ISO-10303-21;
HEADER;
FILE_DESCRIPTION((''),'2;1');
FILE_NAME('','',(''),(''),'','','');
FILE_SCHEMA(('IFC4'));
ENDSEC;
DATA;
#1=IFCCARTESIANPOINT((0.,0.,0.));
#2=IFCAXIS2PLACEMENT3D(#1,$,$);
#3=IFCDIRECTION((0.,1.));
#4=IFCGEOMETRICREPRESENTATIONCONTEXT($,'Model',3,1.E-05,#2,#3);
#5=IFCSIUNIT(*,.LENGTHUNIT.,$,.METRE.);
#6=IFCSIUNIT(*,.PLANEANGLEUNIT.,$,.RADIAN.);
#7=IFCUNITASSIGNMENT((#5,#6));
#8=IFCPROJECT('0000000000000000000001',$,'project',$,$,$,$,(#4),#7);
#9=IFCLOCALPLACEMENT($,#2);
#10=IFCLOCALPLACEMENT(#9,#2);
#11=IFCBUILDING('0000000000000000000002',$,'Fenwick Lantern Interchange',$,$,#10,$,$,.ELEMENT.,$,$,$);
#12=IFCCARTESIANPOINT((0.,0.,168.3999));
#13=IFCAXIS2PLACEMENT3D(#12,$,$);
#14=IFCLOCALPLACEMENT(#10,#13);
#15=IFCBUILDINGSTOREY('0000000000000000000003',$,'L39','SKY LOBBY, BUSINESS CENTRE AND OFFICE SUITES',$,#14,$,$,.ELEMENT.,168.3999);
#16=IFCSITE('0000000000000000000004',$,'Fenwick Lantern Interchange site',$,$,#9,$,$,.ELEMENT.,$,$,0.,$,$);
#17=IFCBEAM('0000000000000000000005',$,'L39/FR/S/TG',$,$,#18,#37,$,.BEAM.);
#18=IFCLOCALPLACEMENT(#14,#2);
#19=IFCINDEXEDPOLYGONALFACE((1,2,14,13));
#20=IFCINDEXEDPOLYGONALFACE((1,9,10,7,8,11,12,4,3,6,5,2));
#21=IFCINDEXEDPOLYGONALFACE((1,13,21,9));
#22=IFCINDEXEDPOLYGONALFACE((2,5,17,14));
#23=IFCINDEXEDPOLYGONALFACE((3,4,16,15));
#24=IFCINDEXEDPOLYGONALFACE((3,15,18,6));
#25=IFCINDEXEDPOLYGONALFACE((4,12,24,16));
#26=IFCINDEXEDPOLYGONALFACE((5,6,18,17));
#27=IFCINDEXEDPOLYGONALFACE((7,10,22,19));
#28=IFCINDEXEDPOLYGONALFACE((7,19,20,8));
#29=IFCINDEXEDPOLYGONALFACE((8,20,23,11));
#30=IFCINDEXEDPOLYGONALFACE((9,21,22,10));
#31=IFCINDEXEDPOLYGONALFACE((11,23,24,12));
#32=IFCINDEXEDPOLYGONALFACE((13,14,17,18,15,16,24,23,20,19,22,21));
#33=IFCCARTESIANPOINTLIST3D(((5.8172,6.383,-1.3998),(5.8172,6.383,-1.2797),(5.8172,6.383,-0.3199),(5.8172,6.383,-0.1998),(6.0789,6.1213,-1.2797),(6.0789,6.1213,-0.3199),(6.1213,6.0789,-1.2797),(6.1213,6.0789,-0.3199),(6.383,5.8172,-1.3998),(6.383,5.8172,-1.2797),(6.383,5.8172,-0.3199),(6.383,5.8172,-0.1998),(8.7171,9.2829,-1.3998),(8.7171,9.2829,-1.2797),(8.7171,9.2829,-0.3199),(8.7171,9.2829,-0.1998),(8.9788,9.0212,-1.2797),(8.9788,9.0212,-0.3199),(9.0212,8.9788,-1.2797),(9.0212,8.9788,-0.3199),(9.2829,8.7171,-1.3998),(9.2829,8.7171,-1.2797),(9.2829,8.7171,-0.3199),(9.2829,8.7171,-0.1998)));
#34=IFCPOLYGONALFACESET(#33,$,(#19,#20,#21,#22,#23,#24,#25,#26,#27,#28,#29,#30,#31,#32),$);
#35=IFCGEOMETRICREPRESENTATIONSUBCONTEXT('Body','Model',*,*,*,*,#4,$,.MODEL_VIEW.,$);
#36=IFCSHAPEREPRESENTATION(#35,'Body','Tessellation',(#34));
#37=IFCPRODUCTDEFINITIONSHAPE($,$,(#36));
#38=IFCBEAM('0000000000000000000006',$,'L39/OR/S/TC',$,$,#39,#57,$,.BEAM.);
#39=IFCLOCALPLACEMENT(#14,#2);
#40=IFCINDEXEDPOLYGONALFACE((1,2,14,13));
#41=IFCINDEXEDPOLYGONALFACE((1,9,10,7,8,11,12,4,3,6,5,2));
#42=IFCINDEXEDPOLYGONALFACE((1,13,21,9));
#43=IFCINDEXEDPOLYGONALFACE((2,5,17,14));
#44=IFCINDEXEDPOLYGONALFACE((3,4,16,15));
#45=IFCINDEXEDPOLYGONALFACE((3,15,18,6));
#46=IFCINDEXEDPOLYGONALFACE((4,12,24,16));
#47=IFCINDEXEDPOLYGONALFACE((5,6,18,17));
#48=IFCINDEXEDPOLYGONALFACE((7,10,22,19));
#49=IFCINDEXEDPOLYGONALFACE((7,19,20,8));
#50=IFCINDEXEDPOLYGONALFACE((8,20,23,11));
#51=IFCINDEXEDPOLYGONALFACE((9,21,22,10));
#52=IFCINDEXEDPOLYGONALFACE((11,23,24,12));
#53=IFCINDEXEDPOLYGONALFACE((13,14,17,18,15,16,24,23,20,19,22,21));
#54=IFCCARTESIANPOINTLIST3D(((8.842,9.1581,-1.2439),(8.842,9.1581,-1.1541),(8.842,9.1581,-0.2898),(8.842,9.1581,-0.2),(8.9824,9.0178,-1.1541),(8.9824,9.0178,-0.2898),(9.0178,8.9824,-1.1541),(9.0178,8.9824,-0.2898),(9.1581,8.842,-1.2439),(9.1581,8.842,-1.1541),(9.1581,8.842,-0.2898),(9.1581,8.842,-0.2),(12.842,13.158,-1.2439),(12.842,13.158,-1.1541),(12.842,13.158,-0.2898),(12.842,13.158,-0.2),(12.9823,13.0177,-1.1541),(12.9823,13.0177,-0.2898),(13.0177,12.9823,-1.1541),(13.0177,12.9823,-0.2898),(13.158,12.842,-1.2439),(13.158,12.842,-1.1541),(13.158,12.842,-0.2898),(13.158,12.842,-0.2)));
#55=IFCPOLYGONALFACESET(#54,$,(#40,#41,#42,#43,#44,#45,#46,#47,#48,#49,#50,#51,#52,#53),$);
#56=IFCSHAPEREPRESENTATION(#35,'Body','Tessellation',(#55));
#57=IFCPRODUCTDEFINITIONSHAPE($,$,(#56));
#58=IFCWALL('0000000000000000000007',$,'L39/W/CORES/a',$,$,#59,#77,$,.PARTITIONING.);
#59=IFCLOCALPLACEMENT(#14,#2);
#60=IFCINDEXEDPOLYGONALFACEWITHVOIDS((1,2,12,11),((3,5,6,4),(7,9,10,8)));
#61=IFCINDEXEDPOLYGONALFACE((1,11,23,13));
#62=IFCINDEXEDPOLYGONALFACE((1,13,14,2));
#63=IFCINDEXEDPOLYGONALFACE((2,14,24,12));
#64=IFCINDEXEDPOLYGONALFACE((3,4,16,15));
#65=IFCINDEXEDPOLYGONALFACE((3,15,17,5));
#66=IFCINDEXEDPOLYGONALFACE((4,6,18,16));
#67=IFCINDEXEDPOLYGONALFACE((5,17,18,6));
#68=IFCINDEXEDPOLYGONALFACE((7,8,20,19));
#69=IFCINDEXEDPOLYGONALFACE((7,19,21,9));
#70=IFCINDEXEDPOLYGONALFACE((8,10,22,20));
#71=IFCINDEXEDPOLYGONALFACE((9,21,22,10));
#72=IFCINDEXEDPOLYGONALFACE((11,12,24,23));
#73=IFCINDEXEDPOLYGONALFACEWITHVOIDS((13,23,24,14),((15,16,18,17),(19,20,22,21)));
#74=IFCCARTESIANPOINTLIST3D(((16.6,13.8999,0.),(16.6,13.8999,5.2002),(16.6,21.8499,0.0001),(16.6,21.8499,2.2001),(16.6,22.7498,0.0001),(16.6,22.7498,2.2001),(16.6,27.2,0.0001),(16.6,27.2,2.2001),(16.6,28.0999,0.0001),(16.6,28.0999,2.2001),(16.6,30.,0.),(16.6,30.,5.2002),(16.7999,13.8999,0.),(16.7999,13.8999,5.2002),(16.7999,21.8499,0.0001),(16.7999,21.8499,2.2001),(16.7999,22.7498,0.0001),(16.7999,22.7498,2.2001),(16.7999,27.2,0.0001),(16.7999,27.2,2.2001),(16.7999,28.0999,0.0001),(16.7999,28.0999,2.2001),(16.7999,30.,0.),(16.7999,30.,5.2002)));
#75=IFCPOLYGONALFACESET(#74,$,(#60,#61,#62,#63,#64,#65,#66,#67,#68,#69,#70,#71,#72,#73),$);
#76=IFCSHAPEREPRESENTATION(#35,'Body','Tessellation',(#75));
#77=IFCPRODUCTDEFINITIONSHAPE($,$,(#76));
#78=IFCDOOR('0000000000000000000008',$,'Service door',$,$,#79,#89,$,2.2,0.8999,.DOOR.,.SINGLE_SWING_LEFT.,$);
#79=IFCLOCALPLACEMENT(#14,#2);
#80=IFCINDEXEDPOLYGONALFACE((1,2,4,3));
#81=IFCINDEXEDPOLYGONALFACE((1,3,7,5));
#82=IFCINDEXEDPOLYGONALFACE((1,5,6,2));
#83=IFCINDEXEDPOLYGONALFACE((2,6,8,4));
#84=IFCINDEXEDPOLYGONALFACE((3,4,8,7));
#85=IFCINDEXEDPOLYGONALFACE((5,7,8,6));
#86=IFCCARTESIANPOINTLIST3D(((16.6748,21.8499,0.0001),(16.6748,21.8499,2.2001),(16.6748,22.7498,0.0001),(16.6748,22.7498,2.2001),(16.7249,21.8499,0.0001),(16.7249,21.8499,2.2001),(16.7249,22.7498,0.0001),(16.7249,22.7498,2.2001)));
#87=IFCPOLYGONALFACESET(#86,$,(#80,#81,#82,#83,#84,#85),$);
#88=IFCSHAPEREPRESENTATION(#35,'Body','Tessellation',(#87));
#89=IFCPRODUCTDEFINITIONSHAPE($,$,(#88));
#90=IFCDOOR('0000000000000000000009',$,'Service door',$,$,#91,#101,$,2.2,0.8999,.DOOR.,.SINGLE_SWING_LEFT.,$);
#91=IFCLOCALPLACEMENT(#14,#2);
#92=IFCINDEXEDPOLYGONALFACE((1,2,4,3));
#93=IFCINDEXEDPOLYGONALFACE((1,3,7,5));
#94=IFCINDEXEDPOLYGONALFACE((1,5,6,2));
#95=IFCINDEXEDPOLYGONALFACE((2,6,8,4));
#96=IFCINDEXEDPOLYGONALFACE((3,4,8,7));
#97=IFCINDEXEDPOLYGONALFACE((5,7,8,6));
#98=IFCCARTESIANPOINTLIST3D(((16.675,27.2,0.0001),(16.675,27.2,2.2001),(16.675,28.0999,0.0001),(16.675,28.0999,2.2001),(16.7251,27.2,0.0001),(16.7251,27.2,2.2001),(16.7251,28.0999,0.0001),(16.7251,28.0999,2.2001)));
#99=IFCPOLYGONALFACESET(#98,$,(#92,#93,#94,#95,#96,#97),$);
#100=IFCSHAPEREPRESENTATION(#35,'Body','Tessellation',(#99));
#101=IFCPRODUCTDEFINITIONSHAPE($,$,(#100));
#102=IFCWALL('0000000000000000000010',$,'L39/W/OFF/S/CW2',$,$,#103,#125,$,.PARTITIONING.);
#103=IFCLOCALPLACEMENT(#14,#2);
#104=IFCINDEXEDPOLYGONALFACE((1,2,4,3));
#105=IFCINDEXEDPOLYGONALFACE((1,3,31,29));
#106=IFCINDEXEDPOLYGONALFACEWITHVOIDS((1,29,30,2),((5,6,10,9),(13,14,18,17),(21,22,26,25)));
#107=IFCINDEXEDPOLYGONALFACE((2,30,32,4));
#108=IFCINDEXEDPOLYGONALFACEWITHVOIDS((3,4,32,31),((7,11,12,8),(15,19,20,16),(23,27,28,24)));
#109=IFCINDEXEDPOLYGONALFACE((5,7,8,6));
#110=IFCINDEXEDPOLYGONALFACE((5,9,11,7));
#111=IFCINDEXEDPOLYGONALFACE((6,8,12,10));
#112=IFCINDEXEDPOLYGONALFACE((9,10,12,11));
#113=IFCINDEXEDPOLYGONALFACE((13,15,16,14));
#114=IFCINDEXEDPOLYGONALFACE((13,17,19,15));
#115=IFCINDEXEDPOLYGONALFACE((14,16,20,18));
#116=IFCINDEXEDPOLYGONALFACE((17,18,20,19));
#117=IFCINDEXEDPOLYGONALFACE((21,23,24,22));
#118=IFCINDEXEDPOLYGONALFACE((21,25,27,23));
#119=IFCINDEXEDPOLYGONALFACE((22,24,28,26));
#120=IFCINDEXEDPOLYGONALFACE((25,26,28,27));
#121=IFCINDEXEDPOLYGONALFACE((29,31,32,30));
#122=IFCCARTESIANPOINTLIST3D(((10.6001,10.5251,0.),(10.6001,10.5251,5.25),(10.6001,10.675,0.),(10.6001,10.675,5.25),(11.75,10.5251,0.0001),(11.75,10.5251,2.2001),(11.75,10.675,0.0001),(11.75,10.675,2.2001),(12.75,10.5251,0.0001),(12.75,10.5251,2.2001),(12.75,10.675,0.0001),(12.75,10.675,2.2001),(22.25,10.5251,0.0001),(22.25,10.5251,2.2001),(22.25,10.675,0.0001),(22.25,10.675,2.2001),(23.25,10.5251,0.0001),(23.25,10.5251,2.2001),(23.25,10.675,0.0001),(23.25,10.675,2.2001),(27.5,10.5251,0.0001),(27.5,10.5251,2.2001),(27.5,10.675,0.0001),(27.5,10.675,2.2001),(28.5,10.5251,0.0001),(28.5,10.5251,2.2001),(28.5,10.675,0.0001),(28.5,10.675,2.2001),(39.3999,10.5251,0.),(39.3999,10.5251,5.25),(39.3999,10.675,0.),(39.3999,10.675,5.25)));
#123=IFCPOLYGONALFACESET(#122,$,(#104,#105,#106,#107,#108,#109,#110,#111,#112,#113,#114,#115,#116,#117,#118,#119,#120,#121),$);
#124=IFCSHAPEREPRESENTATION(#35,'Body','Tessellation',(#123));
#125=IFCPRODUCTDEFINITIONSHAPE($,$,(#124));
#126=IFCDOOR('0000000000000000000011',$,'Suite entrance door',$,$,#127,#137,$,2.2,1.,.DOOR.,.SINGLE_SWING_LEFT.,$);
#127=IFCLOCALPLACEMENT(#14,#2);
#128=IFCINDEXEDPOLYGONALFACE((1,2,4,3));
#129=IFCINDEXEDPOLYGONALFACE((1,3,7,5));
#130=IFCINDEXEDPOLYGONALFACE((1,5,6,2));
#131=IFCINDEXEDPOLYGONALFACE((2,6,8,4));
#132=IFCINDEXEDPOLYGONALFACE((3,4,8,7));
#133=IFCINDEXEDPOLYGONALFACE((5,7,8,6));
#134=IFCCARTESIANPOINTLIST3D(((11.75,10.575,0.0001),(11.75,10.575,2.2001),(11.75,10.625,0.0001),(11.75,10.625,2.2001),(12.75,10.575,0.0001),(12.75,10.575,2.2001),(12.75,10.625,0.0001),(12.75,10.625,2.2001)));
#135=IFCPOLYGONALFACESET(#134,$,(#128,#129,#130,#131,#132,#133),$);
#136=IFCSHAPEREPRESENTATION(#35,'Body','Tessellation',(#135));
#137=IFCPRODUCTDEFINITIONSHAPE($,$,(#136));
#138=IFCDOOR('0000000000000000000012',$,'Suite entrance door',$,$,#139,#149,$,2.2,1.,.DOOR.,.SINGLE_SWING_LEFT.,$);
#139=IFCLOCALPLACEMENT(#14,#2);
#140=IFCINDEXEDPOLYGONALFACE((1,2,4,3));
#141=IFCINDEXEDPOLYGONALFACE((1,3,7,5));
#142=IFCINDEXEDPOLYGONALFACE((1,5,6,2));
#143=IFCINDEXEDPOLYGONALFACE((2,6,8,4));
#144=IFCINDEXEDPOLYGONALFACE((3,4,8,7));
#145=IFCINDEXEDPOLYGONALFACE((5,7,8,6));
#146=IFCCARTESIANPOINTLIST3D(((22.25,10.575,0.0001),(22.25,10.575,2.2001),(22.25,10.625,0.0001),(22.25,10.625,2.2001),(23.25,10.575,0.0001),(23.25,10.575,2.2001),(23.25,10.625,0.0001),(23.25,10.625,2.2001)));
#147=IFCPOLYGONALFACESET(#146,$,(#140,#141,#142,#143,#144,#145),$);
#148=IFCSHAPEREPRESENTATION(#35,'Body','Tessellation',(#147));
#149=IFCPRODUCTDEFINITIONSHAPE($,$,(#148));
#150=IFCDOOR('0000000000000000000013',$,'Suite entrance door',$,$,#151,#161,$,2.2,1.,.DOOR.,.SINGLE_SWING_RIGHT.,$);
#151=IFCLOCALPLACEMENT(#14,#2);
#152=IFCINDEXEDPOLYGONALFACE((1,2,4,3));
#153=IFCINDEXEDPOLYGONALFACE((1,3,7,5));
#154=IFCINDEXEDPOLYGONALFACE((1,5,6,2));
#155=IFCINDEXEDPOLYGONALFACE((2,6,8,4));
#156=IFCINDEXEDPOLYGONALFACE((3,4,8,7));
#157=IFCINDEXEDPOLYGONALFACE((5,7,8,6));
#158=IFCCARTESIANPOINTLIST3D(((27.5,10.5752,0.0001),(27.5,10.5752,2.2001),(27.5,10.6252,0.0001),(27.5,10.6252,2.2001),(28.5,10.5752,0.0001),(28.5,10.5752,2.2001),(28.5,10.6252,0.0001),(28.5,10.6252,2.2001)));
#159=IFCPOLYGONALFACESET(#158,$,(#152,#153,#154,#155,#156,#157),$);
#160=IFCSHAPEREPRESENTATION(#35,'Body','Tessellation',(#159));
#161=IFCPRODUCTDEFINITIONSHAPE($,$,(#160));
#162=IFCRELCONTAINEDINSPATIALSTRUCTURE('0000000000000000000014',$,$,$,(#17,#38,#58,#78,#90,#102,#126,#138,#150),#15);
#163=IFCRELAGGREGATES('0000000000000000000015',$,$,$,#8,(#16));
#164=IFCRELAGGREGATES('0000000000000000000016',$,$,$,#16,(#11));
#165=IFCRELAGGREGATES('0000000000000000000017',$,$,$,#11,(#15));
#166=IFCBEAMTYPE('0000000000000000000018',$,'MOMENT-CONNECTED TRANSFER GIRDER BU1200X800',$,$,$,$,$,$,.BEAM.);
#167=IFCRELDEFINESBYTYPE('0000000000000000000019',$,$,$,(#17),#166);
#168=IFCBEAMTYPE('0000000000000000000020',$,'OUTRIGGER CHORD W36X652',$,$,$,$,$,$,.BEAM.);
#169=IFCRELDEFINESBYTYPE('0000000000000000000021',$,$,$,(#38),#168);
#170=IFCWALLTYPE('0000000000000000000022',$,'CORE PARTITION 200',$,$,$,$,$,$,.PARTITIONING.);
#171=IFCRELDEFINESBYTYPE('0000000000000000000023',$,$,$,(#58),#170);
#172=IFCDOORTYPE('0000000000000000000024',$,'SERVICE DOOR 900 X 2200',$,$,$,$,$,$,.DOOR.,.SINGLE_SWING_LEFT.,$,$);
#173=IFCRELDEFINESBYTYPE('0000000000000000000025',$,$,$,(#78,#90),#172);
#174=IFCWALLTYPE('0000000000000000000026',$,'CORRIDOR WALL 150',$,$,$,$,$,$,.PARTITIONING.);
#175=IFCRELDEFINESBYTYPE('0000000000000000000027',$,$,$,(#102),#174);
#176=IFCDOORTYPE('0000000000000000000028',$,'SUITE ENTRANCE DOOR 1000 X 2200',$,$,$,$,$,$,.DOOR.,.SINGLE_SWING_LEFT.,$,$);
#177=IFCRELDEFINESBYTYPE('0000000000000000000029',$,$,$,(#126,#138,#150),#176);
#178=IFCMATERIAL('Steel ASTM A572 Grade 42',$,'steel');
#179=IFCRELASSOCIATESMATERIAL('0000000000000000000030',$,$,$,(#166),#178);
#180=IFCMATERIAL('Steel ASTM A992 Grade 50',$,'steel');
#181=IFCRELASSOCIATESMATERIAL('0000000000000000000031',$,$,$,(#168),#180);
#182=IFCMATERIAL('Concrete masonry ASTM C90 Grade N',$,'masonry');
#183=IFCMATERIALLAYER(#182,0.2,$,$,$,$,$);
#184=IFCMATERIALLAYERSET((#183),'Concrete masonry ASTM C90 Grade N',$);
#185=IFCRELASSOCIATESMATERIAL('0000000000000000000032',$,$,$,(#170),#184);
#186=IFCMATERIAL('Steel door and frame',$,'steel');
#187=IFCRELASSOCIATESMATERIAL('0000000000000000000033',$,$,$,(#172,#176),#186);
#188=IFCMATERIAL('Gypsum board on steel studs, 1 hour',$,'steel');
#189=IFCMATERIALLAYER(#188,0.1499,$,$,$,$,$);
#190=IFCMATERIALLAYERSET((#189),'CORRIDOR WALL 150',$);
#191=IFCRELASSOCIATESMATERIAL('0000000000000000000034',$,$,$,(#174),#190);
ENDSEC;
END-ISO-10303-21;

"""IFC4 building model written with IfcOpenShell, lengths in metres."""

from ifc_helpers import new_model, si_unit, direction, frame, frame_2d, origin, origin_2d, place, context, subcontext, project, spatial, rectangle, i_section, extrude, material, layer, layer_set, material_profile, profile_set, type_object, element, fill, save


model = new_model("IFC4")

# Units and contexts
model_context = context("Model", 3, precision=1e-05, world=origin(), true_north=direction((0.0, 1.0)))
body_context = subcontext(model_context, "Body", "Model", "MODEL_VIEW")
ifc_project = project(units=[si_unit("LENGTHUNIT", "METRE"), si_unit("PLANEANGLEUNIT", "RADIAN")], contexts=[model_context])

# Site, building, storey
site_placement = place(None, origin())
site = spatial("IfcSite", under=ifc_project, at=site_placement, Name="Fenwick Lantern Interchange site", CompositionType="ELEMENT", RefElevation=0.0)
building_placement = place(site_placement, origin())
building = spatial("IfcBuilding", under=site, at=building_placement, Name="Fenwick Lantern Interchange", CompositionType="ELEMENT")
storey_placement = place(building_placement, frame((0.0, 0.0, 168.3999)))
storey = spatial("IfcBuildingStorey", under=building, at=storey_placement, Name="L39", Description="SKY LOBBY, BUSINESS CENTRE AND OFFICE SUITES", CompositionType="ELEMENT", Elevation=168.3999)

# Beams
ifc_material_1 = material(Name="Steel ASTM A992 Grade 50", Category="steel")
ifc_material_2 = material(Name="Steel ASTM A572 Grade 42", Category="steel")
ifc_material_profile_1 = material_profile(ifc_material_2, i_section(OverallWidth=0.8, OverallDepth=1.2, WebThickness=0.0601, FlangeThickness=0.1201, at=origin_2d()), Name="BU1200X800")
ifc_profile_set_1 = profile_set([ifc_material_profile_1], Name="Steel ASTM A572 Grade 42")
beam_type_1 = type_object("IfcBeamType", Name="MOMENT-CONNECTED TRANSFER GIRDER BU1200X800", PredefinedType="BEAM", material=ifc_profile_set_1)
beam_1_placement = place(storey_placement, frame((9.0, 9.0, -0.7998), z_axis=(-0.707107, -0.707107, 0.0), x_axis=(0.707107, -0.707107, 0.0)))
element("IfcBeam", 1, at=beam_1_placement, inside=storey, type_object=beam_type_1, Name="L39/FR/S/TG", PredefinedType="BEAM", context=body_context, shape_type="SweptSolid", body=[
    extrude(i_section(OverallWidth=0.8, OverallDepth=1.2, WebThickness=0.0601, FlangeThickness=0.1201, at=origin_2d()), origin(), (0.0, 0.0, 1.0), 4.1011),
])
ifc_material_profile_2 = material_profile(ifc_material_1, i_section(OverallWidth=0.447, OverallDepth=1.0439, WebThickness=0.05, FlangeThickness=0.0898, at=origin_2d()), Name="W36X652")
ifc_profile_set_2 = profile_set([ifc_material_profile_2], Name="Steel ASTM A992 Grade 50")
beam_type_2 = type_object("IfcBeamType", Name="OUTRIGGER CHORD W36X652", PredefinedType="BEAM", material=ifc_profile_set_2)
beam_2_placement = place(storey_placement, frame((13.0, 13.0, -0.7219), z_axis=(-0.707107, -0.707107, 0.0), x_axis=(0.707107, -0.707107, 0.0)))
element("IfcBeam", 2, at=beam_2_placement, inside=storey, type_object=beam_type_2, Name="L39/OR/S/TC", PredefinedType="BEAM", context=body_context, shape_type="SweptSolid", body=[
    extrude(i_section(OverallWidth=0.447, OverallDepth=1.0439, WebThickness=0.05, FlangeThickness=0.0898, at=origin_2d()), origin(), (0.0, 0.0, 1.0), 5.6567),
])

# Walls, openings, doors
ifc_material_3 = material(Name="Concrete masonry ASTM C90 Grade N", Category="masonry")
ifc_layer_1 = layer(ifc_material_3, 0.2)
ifc_layer_set_1 = layer_set([ifc_layer_1], Name="Concrete masonry ASTM C90 Grade N")
wall_type_1 = type_object("IfcWallType", Name="CORE PARTITION 200", PredefinedType="PARTITIONING", material=ifc_layer_set_1)
wall_1_placement = place(storey_placement, frame((16.7, 13.8999, 0.0), z_axis=(0.0, 0.0, 1.0), x_axis=(0.0, 1.0, 0.0)))
wall_1 = element("IfcWall", 3, at=wall_1_placement, inside=storey, type_object=wall_type_1, Name="L39/W/CORES/a", PredefinedType="PARTITIONING", context=body_context, shape_type="SweptSolid", body=[
    extrude(rectangle(XDim=16.1001, YDim=0.2, at=frame_2d((8.05, 0.0))), origin(), (0.0, 0.0, 1.0), 5.2002),
])
opening_1_placement = place(wall_1_placement, frame((7.95, 0.0, 0.0)))
opening_1 = element("IfcOpeningElement", 4, at=opening_1_placement, cuts=wall_1, PredefinedType="OPENING", context=body_context, shape_type="SweptSolid", body=[
    extrude(rectangle(XDim=0.8999, YDim=2.2, at=frame_2d((0.45, 1.1001))), frame((0.0, 0.1099, 0.0), z_axis=(0.0, -1.0, 0.0), x_axis=(1.0, 0.0, 0.0)), (0.0, 0.0, 1.0), 0.22),
])
opening_2_placement = place(wall_1_placement, frame((13.3, 0.0, 0.0)))
opening_2 = element("IfcOpeningElement", 5, at=opening_2_placement, cuts=wall_1, PredefinedType="OPENING", context=body_context, shape_type="SweptSolid", body=[
    extrude(rectangle(XDim=0.8999, YDim=2.2, at=frame_2d((0.45, 1.1001))), frame((0.0, 0.1099, 0.0), z_axis=(0.0, -1.0, 0.0), x_axis=(1.0, 0.0, 0.0)), (0.0, 0.0, 1.0), 0.22),
])
ifc_material_4 = material(Name="Steel door and frame", Category="steel")
door_type_1 = type_object("IfcDoorType", Name="SERVICE DOOR 900 X 2200", OperationType="SINGLE_SWING_LEFT", PredefinedType="DOOR", material=ifc_material_4)
door_1_placement = place(opening_1_placement, frame((0.8999, 0.0, 0.0), z_axis=(0.0, 0.0, 1.0), x_axis=(-1.0, 0.0, 0.0)))
door_1 = element("IfcDoor", 6, at=door_1_placement, inside=storey, type_object=door_type_1, Name="Service door", OperationType="SINGLE_SWING_LEFT", OverallHeight=2.2, OverallWidth=0.8999, PredefinedType="DOOR", context=body_context, shape_type="SweptSolid", body=[
    extrude(rectangle(XDim=0.8999, YDim=2.2, at=frame_2d((0.45, 1.1001))), frame((0.0, 0.0249, 0.0), z_axis=(0.0, -1.0, 0.0), x_axis=(1.0, 0.0, 0.0)), (0.0, 0.0, 1.0), 0.05),
])
fill(opening_1, door_1)
door_2_placement = place(opening_2_placement, origin())
door_2 = element("IfcDoor", 7, at=door_2_placement, inside=storey, type_object=door_type_1, Name="Service door", OperationType="SINGLE_SWING_LEFT", OverallHeight=2.2, OverallWidth=0.8999, PredefinedType="DOOR", context=body_context, shape_type="SweptSolid", body=[
    extrude(rectangle(XDim=0.8999, YDim=2.2, at=frame_2d((0.45, 1.1001))), frame((0.0, 0.0249, 0.0), z_axis=(0.0, -1.0, 0.0), x_axis=(1.0, 0.0, 0.0)), (0.0, 0.0, 1.0), 0.05),
])
fill(opening_2, door_2)
ifc_material_5 = material(Name="Gypsum board on steel studs, 1 hour", Category="steel")
ifc_layer_2 = layer(ifc_material_5, 0.1499)
ifc_layer_set_2 = layer_set([ifc_layer_2], Name="CORRIDOR WALL 150")
wall_type_2 = type_object("IfcWallType", Name="CORRIDOR WALL 150", PredefinedType="PARTITIONING", material=ifc_layer_set_2)
wall_2_placement = place(storey_placement, frame((10.6001, 10.6001, 0.0), z_axis=(0.0, 0.0, 1.0), x_axis=(1.0, 0.0, 0.0)))
wall_2 = element("IfcWall", 8, at=wall_2_placement, inside=storey, type_object=wall_type_2, Name="L39/W/OFF/S/CW2", PredefinedType="PARTITIONING", context=body_context, shape_type="SweptSolid", body=[
    extrude(rectangle(XDim=28.7998, YDim=0.1499, at=frame_2d((14.3999, 0.0))), origin(), (0.0, 0.0, 1.0), 5.25),
])
opening_3_placement = place(wall_2_placement, frame((1.1499, 0.0, 0.0)))
opening_3 = element("IfcOpeningElement", 9, at=opening_3_placement, cuts=wall_2, PredefinedType="OPENING", context=body_context, shape_type="SweptSolid", body=[
    extrude(rectangle(XDim=1.0, YDim=2.2, at=frame_2d((0.5, 1.1001))), frame((0.0, 0.085, 0.0), z_axis=(0.0, -1.0, 0.0), x_axis=(1.0, 0.0, 0.0)), (0.0, 0.0, 1.0), 0.1699),
])
opening_4_placement = place(wall_2_placement, frame((11.6499, 0.0, 0.0)))
opening_4 = element("IfcOpeningElement", 10, at=opening_4_placement, cuts=wall_2, PredefinedType="OPENING", context=body_context, shape_type="SweptSolid", body=[
    extrude(rectangle(XDim=1.0, YDim=2.2, at=frame_2d((0.5, 1.1001))), frame((0.0, 0.085, 0.0), z_axis=(0.0, -1.0, 0.0), x_axis=(1.0, 0.0, 0.0)), (0.0, 0.0, 1.0), 0.1699),
])
opening_5_placement = place(wall_2_placement, frame((16.8999, 0.0, 0.0)))
opening_5 = element("IfcOpeningElement", 11, at=opening_5_placement, cuts=wall_2, PredefinedType="OPENING", context=body_context, shape_type="SweptSolid", body=[
    extrude(rectangle(XDim=1.0, YDim=2.2, at=frame_2d((0.5, 1.1001))), frame((0.0, 0.085, 0.0), z_axis=(0.0, -1.0, 0.0), x_axis=(1.0, 0.0, 0.0)), (0.0, 0.0, 1.0), 0.1699),
])
door_type_2 = type_object("IfcDoorType", Name="SUITE ENTRANCE DOOR 1000 X 2200", OperationType="SINGLE_SWING_LEFT", PredefinedType="DOOR", material=ifc_material_4)
door_3_placement = place(opening_3_placement, origin())
door_3 = element("IfcDoor", 12, at=door_3_placement, inside=storey, type_object=door_type_2, Name="Suite entrance door", OperationType="SINGLE_SWING_LEFT", OverallHeight=2.2, OverallWidth=1.0, PredefinedType="DOOR", context=body_context, shape_type="SweptSolid", body=[
    extrude(rectangle(XDim=1.0, YDim=2.2, at=frame_2d((0.5, 1.1001))), frame((0.0, 0.0249, 0.0), z_axis=(0.0, -1.0, 0.0), x_axis=(1.0, 0.0, 0.0)), (0.0, 0.0, 1.0), 0.05),
])
fill(opening_3, door_3)
door_4_placement = place(opening_4_placement, origin())
door_4 = element("IfcDoor", 13, at=door_4_placement, inside=storey, type_object=door_type_2, Name="Suite entrance door", OperationType="SINGLE_SWING_LEFT", OverallHeight=2.2, OverallWidth=1.0, PredefinedType="DOOR", context=body_context, shape_type="SweptSolid", body=[
    extrude(rectangle(XDim=1.0, YDim=2.2, at=frame_2d((0.5, 1.1001))), frame((0.0, 0.0249, 0.0), z_axis=(0.0, -1.0, 0.0), x_axis=(1.0, 0.0, 0.0)), (0.0, 0.0, 1.0), 0.05),
])
fill(opening_4, door_4)
door_5_placement = place(opening_5_placement, frame((1.0, 0.0, 0.0), z_axis=(0.0, 0.0, 1.0), x_axis=(-1.0, 0.0, 0.0)))
door_5 = element("IfcDoor", 14, at=door_5_placement, inside=storey, type_object=door_type_2, Name="Suite entrance door", OperationType="SINGLE_SWING_RIGHT", OverallHeight=2.2, OverallWidth=1.0, PredefinedType="DOOR", context=body_context, shape_type="SweptSolid", body=[
    extrude(rectangle(XDim=1.0, YDim=2.2, at=frame_2d((0.5, 1.1001))), frame((0.0, 0.0249, 0.0), z_axis=(0.0, -1.0, 0.0), x_axis=(1.0, 0.0, 0.0)), (0.0, 0.0, 1.0), 0.05),
])
fill(opening_5, door_5)

save(model, "model.ifc")
